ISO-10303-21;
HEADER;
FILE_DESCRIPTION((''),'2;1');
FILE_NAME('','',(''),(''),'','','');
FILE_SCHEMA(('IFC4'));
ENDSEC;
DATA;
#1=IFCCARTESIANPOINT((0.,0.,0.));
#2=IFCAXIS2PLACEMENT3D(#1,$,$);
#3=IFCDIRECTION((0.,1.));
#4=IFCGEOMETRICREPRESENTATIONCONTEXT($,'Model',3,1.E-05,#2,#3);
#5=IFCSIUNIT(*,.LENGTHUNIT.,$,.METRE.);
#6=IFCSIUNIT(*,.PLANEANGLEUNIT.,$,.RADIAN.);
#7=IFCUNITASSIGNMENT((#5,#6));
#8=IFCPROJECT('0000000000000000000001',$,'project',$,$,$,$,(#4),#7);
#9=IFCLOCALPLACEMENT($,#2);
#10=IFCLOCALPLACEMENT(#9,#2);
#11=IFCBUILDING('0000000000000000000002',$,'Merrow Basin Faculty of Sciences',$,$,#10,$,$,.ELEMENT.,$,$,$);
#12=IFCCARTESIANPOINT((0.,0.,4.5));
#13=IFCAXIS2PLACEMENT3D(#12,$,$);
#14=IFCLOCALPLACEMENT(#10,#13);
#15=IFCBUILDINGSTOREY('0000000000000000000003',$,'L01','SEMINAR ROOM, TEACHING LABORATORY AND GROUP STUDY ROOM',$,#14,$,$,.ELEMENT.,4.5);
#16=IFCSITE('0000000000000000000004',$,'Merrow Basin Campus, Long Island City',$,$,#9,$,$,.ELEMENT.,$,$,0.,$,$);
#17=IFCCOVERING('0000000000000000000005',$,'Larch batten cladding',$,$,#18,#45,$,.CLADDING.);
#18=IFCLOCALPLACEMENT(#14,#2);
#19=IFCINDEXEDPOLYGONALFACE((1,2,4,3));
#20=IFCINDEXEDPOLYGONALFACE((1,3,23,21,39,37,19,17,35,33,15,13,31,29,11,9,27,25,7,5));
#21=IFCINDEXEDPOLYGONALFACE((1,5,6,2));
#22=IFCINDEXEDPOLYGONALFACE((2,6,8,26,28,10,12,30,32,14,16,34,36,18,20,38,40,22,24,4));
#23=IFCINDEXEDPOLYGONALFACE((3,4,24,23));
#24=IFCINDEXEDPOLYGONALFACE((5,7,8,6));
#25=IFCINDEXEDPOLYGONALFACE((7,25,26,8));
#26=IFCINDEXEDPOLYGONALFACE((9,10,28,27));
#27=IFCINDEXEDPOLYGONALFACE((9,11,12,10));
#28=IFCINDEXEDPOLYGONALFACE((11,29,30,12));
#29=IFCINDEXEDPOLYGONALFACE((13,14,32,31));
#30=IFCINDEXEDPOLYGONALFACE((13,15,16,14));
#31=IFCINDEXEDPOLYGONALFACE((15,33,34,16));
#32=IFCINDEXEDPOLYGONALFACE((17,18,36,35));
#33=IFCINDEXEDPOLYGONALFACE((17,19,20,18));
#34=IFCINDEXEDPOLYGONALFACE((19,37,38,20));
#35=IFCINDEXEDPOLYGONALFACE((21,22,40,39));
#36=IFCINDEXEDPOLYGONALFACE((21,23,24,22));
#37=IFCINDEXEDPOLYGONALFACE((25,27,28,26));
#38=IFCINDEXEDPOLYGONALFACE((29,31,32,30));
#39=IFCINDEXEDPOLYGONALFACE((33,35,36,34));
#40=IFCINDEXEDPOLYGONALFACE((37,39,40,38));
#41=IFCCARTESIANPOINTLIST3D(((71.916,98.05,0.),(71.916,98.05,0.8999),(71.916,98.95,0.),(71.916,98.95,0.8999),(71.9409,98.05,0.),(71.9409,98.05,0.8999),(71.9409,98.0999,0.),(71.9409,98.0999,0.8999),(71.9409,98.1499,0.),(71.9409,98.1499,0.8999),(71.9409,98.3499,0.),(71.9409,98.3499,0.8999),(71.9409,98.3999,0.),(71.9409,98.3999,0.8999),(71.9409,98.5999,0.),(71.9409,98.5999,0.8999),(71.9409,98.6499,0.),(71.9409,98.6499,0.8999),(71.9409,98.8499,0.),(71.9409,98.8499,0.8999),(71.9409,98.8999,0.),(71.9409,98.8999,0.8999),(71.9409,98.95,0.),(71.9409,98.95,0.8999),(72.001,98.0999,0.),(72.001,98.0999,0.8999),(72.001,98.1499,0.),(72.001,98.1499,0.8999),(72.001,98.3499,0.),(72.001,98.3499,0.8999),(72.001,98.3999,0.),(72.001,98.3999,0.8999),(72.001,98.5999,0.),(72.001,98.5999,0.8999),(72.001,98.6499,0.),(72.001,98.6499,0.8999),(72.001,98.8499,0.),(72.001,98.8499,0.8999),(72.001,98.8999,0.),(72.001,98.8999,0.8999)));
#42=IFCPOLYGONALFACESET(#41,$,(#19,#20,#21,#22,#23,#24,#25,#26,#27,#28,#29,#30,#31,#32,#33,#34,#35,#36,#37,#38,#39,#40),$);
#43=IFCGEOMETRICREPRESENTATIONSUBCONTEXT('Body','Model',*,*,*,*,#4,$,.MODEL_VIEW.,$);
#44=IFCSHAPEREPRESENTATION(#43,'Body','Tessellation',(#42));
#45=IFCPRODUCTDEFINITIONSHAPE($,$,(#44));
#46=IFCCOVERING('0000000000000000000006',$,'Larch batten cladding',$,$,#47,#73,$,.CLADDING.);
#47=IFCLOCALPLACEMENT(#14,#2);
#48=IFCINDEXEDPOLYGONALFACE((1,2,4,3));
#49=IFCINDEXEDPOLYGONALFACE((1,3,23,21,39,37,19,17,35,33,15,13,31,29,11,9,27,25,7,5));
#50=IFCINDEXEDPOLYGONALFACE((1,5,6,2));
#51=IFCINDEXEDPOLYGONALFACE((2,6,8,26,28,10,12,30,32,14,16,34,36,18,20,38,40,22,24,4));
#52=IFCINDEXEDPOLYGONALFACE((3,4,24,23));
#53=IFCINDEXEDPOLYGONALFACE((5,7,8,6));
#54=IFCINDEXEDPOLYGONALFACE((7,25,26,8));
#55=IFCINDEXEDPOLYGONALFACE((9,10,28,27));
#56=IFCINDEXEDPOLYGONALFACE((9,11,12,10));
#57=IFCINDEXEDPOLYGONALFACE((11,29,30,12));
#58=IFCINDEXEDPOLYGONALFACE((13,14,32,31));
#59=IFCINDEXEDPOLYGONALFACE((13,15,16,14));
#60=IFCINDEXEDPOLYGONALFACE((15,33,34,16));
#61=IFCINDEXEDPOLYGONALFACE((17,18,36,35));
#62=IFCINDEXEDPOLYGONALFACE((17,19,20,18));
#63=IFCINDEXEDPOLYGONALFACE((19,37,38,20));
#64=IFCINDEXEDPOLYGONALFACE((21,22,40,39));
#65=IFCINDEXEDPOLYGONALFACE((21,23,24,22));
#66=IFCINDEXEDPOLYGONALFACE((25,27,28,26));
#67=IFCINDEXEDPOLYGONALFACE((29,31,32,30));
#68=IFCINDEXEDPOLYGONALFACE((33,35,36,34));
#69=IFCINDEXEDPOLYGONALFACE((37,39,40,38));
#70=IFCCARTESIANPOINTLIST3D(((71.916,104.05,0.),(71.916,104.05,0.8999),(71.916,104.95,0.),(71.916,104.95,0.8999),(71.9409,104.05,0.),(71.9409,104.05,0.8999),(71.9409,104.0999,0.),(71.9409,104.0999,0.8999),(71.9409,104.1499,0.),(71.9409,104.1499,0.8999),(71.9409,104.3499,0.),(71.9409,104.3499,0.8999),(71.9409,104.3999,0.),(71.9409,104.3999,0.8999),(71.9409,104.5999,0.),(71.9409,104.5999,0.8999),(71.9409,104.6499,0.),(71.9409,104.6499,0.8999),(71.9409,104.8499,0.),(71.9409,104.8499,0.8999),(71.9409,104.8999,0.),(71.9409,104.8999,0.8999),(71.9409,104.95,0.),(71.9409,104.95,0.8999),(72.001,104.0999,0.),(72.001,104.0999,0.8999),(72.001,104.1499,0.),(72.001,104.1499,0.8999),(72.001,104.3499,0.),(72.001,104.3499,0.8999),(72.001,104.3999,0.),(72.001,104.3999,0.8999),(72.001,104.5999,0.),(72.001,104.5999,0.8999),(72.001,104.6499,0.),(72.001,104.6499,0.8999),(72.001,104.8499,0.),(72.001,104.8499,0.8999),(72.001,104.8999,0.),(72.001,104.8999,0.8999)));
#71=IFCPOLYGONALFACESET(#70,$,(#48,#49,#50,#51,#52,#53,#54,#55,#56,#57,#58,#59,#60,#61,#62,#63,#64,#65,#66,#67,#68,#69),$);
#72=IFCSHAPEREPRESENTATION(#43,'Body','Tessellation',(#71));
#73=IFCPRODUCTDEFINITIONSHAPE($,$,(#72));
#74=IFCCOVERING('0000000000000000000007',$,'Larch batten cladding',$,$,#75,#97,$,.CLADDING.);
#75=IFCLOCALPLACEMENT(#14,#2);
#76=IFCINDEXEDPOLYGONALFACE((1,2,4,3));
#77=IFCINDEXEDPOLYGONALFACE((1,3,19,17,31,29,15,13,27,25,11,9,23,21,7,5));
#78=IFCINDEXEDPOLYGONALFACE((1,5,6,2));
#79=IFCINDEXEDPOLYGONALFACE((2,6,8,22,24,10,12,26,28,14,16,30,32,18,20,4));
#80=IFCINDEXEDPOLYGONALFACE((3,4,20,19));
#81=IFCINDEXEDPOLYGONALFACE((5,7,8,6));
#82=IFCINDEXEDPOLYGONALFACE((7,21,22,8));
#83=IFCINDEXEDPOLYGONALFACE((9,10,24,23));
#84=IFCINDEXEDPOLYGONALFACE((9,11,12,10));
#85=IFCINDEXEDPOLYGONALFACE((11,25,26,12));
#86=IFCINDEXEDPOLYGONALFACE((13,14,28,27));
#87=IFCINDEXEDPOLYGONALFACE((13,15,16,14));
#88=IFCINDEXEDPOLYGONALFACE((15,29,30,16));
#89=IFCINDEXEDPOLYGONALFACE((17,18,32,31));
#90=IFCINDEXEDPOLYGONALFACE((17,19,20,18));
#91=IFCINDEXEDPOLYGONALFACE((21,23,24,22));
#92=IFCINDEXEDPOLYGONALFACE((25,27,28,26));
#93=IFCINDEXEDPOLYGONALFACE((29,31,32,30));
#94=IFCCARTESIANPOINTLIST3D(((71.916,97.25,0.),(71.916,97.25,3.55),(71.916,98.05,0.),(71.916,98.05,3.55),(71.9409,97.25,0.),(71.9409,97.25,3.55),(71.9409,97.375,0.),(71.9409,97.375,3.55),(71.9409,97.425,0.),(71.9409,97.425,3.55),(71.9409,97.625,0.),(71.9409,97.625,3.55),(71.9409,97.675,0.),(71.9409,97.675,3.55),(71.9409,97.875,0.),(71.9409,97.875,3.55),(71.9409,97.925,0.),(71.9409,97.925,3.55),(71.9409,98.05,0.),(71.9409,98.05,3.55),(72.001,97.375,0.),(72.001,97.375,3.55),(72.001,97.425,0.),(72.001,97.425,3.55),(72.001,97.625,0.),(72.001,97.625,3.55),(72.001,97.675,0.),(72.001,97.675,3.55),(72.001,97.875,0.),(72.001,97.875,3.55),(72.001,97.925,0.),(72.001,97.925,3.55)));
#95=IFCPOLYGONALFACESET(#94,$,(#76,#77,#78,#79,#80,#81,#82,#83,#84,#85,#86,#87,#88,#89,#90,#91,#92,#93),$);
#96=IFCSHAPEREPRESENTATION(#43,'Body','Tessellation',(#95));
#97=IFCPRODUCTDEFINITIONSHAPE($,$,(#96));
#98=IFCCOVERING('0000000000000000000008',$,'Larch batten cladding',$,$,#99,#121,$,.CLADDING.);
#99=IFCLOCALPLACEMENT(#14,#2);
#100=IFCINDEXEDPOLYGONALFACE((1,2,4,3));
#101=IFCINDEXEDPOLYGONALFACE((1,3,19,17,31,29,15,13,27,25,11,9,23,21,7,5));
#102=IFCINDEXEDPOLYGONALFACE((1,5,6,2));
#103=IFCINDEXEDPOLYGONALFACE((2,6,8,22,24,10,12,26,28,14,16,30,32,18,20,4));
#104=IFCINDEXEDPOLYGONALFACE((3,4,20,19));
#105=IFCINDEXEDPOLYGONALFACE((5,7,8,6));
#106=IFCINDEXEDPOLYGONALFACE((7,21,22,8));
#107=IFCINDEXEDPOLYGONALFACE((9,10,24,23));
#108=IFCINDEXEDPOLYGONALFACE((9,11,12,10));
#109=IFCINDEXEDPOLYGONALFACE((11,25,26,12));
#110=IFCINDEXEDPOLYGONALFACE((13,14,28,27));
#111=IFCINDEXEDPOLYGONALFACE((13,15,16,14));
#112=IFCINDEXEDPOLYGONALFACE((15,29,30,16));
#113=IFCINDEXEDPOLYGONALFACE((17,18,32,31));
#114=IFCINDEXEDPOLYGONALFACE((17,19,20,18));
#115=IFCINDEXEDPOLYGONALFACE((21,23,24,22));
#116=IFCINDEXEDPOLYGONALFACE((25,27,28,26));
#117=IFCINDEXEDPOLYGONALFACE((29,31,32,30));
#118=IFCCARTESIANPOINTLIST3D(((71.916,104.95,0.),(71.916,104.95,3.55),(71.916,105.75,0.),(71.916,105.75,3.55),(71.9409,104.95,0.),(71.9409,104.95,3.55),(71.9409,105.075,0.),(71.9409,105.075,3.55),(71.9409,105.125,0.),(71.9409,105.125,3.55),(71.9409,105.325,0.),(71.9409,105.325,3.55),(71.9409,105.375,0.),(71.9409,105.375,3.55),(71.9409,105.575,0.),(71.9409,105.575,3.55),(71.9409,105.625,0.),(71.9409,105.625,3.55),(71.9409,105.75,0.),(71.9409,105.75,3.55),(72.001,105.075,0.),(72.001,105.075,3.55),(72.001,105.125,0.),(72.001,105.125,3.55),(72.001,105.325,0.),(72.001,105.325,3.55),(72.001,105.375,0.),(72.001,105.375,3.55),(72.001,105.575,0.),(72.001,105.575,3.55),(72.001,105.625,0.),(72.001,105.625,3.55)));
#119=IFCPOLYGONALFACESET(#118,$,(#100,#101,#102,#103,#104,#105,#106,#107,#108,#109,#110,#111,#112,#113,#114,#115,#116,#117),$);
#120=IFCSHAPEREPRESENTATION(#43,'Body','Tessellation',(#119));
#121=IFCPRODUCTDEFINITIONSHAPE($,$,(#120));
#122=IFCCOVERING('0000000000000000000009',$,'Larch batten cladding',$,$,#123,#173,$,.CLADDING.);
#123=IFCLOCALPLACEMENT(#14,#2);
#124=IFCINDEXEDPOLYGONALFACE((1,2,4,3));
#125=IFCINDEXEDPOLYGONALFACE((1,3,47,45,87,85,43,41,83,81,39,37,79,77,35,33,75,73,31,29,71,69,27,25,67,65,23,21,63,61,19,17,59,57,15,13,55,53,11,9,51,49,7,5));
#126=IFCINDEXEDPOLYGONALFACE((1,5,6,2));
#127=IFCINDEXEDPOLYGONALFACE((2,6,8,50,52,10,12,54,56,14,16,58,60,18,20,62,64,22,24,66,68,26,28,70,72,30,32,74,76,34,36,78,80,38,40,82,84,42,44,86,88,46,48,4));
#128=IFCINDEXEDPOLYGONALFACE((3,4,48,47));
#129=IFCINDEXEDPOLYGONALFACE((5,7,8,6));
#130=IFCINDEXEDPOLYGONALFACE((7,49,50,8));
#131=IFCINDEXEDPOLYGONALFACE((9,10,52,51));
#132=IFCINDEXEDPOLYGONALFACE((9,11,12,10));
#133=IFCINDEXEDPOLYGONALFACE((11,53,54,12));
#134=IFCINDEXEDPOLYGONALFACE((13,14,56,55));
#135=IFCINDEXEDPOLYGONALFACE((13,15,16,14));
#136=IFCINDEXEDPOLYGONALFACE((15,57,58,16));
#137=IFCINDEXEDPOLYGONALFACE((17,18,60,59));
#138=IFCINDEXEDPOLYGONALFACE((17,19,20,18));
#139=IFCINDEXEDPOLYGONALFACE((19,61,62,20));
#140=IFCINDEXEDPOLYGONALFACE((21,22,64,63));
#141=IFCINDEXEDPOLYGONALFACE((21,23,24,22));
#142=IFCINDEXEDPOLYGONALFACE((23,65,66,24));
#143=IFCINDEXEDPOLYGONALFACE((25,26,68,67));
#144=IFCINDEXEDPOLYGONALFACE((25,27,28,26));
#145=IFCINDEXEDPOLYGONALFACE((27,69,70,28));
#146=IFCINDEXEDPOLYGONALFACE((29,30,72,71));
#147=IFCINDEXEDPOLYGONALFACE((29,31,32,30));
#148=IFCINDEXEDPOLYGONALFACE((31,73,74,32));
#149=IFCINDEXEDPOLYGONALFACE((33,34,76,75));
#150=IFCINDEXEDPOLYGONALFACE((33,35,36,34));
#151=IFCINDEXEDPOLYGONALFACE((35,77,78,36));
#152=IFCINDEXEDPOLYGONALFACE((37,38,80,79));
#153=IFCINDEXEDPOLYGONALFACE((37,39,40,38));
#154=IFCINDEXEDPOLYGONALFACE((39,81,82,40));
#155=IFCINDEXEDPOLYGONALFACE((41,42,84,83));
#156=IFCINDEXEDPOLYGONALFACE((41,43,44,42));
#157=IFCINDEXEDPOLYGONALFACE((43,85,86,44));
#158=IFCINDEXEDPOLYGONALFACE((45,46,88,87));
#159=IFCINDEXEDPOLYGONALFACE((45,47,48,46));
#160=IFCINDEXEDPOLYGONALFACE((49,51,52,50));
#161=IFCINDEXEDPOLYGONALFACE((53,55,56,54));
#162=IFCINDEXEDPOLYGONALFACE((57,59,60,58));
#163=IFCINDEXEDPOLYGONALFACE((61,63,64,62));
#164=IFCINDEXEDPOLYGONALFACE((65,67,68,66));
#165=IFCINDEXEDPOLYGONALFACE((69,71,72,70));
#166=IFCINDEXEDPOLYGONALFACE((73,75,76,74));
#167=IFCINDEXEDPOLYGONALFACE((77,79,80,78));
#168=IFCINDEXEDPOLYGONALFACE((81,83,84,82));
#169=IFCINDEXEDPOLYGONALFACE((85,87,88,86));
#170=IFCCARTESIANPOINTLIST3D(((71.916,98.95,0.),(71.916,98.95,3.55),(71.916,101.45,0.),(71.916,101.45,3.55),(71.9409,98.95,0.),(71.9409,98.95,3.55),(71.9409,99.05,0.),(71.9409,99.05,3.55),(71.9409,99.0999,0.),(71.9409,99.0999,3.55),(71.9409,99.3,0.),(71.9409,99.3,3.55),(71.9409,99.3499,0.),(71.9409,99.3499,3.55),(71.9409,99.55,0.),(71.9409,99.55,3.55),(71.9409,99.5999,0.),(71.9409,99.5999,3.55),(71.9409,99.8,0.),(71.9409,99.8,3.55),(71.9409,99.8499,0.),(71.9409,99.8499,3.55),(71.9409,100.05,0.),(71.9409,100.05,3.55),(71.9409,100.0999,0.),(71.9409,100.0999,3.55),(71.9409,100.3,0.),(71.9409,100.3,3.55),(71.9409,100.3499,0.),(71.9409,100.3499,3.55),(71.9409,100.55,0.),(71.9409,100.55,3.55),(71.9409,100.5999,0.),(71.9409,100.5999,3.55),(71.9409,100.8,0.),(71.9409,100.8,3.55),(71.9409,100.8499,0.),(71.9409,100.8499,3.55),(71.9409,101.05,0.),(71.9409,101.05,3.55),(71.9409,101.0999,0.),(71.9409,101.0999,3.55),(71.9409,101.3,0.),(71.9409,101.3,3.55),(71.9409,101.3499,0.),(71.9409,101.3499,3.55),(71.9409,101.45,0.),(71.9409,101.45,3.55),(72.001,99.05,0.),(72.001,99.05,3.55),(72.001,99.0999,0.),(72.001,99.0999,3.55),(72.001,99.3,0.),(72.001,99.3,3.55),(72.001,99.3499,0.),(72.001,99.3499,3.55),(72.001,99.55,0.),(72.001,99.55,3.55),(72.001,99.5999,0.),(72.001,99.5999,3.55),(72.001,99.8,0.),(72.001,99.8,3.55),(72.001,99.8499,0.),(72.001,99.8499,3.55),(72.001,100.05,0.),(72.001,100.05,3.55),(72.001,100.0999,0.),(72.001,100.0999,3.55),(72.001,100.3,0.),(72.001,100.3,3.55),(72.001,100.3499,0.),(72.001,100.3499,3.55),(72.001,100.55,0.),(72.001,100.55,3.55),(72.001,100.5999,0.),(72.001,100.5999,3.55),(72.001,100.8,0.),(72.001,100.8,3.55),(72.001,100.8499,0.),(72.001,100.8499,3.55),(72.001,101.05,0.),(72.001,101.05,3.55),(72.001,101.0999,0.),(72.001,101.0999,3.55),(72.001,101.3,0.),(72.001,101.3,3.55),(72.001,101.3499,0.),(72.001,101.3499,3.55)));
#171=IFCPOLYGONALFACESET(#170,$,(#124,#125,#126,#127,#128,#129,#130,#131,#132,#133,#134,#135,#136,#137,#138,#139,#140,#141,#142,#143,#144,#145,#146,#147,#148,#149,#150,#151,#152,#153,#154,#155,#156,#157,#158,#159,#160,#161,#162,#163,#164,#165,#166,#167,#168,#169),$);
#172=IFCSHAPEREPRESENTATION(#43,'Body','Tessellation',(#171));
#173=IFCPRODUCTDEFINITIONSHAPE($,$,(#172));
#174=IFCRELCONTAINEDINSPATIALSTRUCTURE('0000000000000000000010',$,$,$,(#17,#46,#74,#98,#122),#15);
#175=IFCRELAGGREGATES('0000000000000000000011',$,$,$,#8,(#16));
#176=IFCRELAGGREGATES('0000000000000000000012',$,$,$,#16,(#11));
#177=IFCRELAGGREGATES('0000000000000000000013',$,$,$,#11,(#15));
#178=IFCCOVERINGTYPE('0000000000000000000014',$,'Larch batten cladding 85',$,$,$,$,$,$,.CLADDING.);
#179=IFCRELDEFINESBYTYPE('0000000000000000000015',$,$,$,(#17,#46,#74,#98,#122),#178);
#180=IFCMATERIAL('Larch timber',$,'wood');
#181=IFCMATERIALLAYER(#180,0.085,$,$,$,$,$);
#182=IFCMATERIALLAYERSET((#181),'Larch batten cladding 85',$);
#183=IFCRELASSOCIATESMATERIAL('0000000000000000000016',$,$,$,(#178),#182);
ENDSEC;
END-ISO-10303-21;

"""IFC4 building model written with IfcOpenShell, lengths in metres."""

from ifc_helpers import new_model, si_unit, direction, frame, origin, place, context, subcontext, project, spatial, polyline, outline, extrude, source, transform, mapped, material, layer, layer_set, type_object, element, save


model = new_model("IFC4")

# Units and contexts
model_context = context("Model", 3, precision=1e-05, world=origin(), true_north=direction((0.0, 1.0)))
body_context = subcontext(model_context, "Body", "Model", "MODEL_VIEW")
ifc_project = project(units=[si_unit("LENGTHUNIT", "METRE"), si_unit("PLANEANGLEUNIT", "RADIAN")], contexts=[model_context])

# Site, building, storey
site_placement = place(None, origin())
site = spatial("IfcSite", under=ifc_project, at=site_placement, Name="Merrow Basin Campus, Long Island City", CompositionType="ELEMENT", RefElevation=0.0)
building_placement = place(site_placement, origin())
building = spatial("IfcBuilding", under=site, at=building_placement, Name="Merrow Basin Faculty of Sciences", CompositionType="ELEMENT")
storey_placement = place(building_placement, frame((0.0, 0.0, 4.5)))
storey = spatial("IfcBuildingStorey", under=building, at=storey_placement, Name="L01", Description="SEMINAR ROOM, TEACHING LABORATORY AND GROUP STUDY ROOM", CompositionType="ELEMENT", Elevation=4.5)

# Coverings
ifc_material_1 = material(Name="Larch timber", Category="wood")
ifc_layer_1 = layer(ifc_material_1, 0.085)
ifc_layer_set_1 = layer_set([ifc_layer_1], Name="Larch batten cladding 85")
covering_type = type_object("IfcCoveringType", Name="Larch batten cladding 85", PredefinedType="CLADDING", material=ifc_layer_set_1)
shared_shape_1 = source(origin(), body_context, "Body", "SweptSolid", [
    extrude(outline(polyline([(0.0, 0.0), (0.8999, 0.0), (0.8999, 0.0249), (0.8501, 0.0249), (0.8501, 0.085), (0.8, 0.085), (0.8, 0.0249), (0.6001, 0.0249), (0.6001, 0.085), (0.55, 0.085), (0.55, 0.0249), (0.3501, 0.0249), (0.3501, 0.085), (0.3, 0.085), (0.3, 0.0249), (0.1001, 0.0249), (0.1001, 0.085), (0.05, 0.085), (0.05, 0.0249), (0.0, 0.0249), (0.0, 0.0)])), origin(), (0.0, 0.0, 1.0), 0.8999),
])
for number, where, z_axis, x_axis, name in (
    (1, (71.916, 98.95, 0.0), (0.0, 0.0, 1.0), (0.0, -1.0, 0.0), "Larch batten cladding"),
    (2, (71.916, 104.95, 0.0), (0.0, 0.0, 1.0), (0.0, -1.0, 0.0), "Larch batten cladding"),
):
    element("IfcCovering", number, at=place(storey_placement, frame(where, z_axis=z_axis, x_axis=x_axis)), inside=storey, type_object=covering_type, Name=name, PredefinedType="CLADDING", context=body_context, shape_type="MappedRepresentation", body=[
        mapped(shared_shape_1, transform((0.0, 0.0, 0.0), scale=1.0)),
    ])
shared_shape_2 = source(origin(), body_context, "Body", "SweptSolid", [
    extrude(outline(polyline([(0.0, 0.0), (0.8, 0.0), (0.8, 0.0249), (0.675, 0.0249), (0.675, 0.085), (0.625, 0.085), (0.625, 0.0249), (0.425, 0.0249), (0.425, 0.085), (0.375, 0.085), (0.375, 0.0249), (0.175, 0.0249), (0.175, 0.085), (0.125, 0.085), (0.125, 0.0249), (0.0, 0.0249), (0.0, 0.0)])), origin(), (0.0, 0.0, 1.0), 3.55),
])
for number, where, z_axis, x_axis, name in (
    (3, (71.916, 98.05, 0.0), (0.0, 0.0, 1.0), (0.0, -1.0, 0.0), "Larch batten cladding"),
    (4, (71.916, 105.75, 0.0), (0.0, 0.0, 1.0), (0.0, -1.0, 0.0), "Larch batten cladding"),
):
    element("IfcCovering", number, at=place(storey_placement, frame(where, z_axis=z_axis, x_axis=x_axis)), inside=storey, type_object=covering_type, Name=name, PredefinedType="CLADDING", context=body_context, shape_type="MappedRepresentation", body=[
        mapped(shared_shape_2, transform((0.0, 0.0, 0.0), scale=1.0)),
    ])
shared_shape_3 = source(origin(), body_context, "Body", "SweptSolid", [
    extrude(outline(polyline([(0.0, 0.0), (2.5, 0.0), (2.5, 0.0249), (2.3999, 0.0249), (2.3999, 0.085), (2.3501, 0.085), (2.3501, 0.0249), (2.1499, 0.0249), (2.1499, 0.085), (2.1001, 0.085), (2.1001, 0.0249), (1.8999, 0.0249), (1.8999, 0.085), (1.8501, 0.085), (1.8501, 0.0249), (1.6499, 0.0249), (1.6499, 0.085), (1.6001, 0.085), (1.6001, 0.0249), (1.3999, 0.0249), (1.3999, 0.085), (1.3501, 0.085), (1.3501, 0.0249), (1.1499, 0.0249), (1.1499, 0.085), (1.1001, 0.085), (1.1001, 0.0249), (0.8999, 0.0249), (0.8999, 0.085), (0.8501, 0.085), (0.8501, 0.0249), (0.6499, 0.0249), (0.6499, 0.085), (0.6001, 0.085), (0.6001, 0.0249), (0.3999, 0.0249), (0.3999, 0.085), (0.3501, 0.085), (0.3501, 0.0249), (0.1499, 0.0249), (0.1499, 0.085), (0.1001, 0.085), (0.1001, 0.0249), (0.0, 0.0249), (0.0, 0.0)])), origin(), (0.0, 0.0, 1.0), 3.55),
])
for number, where, z_axis, x_axis, name in (
    (5, (71.916, 101.45, 0.0), (0.0, 0.0, 1.0), (0.0, -1.0, 0.0), "Larch batten cladding"),
):
    element("IfcCovering", number, at=place(storey_placement, frame(where, z_axis=z_axis, x_axis=x_axis)), inside=storey, type_object=covering_type, Name=name, PredefinedType="CLADDING", context=body_context, shape_type="MappedRepresentation", body=[
        mapped(shared_shape_3, transform((0.0, 0.0, 0.0), scale=1.0)),
    ])

save(model, "model.ifc")
